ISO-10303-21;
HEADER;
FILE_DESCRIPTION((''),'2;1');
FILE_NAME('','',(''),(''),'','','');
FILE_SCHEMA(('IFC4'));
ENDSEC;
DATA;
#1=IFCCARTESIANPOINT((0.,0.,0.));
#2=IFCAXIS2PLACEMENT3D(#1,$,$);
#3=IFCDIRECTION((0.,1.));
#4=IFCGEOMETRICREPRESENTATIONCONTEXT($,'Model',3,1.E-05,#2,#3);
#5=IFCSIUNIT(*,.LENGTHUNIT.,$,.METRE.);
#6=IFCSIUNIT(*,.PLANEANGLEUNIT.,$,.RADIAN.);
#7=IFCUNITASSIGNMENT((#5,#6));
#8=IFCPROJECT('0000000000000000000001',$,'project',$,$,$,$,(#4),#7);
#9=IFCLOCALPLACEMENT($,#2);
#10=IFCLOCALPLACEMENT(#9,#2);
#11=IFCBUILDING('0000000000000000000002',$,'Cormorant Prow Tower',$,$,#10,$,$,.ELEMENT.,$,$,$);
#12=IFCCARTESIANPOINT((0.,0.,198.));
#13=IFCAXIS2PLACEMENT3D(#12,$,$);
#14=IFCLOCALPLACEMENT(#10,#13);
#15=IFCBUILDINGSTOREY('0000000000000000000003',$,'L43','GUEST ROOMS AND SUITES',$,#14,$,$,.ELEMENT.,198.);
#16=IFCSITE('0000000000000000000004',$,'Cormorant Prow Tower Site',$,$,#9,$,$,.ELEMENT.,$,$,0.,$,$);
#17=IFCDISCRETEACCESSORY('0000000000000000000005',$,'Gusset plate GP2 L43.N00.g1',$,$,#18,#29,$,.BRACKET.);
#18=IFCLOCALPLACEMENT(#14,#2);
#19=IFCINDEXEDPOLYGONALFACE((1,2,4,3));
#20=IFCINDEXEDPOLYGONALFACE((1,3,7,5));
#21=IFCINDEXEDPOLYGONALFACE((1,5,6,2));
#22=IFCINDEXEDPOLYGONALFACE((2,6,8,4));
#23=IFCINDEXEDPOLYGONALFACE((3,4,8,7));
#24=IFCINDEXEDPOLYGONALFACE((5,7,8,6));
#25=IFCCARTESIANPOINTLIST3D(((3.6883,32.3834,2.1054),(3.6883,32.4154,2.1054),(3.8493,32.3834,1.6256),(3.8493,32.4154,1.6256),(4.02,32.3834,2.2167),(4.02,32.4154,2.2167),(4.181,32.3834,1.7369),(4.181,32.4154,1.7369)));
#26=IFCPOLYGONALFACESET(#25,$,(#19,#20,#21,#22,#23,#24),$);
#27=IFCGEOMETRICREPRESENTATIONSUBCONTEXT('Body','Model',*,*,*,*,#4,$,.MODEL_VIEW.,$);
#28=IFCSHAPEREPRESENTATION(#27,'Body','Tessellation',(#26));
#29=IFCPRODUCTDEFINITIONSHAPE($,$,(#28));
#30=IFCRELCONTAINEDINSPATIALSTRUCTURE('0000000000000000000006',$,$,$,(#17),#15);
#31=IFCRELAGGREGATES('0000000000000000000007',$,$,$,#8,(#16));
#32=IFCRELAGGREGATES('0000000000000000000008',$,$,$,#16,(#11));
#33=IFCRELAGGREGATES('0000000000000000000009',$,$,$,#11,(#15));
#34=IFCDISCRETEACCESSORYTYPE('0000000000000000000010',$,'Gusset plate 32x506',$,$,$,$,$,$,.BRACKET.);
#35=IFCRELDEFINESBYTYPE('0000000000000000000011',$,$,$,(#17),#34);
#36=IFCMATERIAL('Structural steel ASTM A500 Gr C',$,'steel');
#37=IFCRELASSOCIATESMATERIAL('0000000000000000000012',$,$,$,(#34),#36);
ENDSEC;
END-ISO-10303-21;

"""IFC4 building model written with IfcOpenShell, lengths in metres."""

from ifc_helpers import new_model, si_unit, direction, frame, origin, origin_2d, place, context, subcontext, project, spatial, rectangle, extrude, material, material_profile, profile_set, type_object, element, save


model = new_model("IFC4")

# Units and contexts
model_context = context("Model", 3, precision=1e-05, world=origin(), true_north=direction((0.0, 1.0)))
body_context = subcontext(model_context, "Body", "Model", "MODEL_VIEW")
ifc_project = project(units=[si_unit("LENGTHUNIT", "METRE"), si_unit("PLANEANGLEUNIT", "RADIAN")], contexts=[model_context])

# Site, building, storey
site_placement = place(None, origin())
site = spatial("IfcSite", under=ifc_project, at=site_placement, Name="Cormorant Prow Tower Site", CompositionType="ELEMENT", RefElevation=0.0)
building_placement = place(site_placement, origin())
building = spatial("IfcBuilding", under=site, at=building_placement, Name="Cormorant Prow Tower", CompositionType="ELEMENT")
storey_placement = place(building_placement, frame((0.0, 0.0, 198.0)))
storey = spatial("IfcBuildingStorey", under=building, at=storey_placement, Name="L43", Description="GUEST ROOMS AND SUITES", CompositionType="ELEMENT", Elevation=198.0)

# Discrete accessory
ifc_material_1 = material(Name="Structural steel ASTM A500 Gr C", Category="steel")
ifc_material_profile_1 = material_profile(ifc_material_1, rectangle(XDim=0.032, YDim=0.5061, at=origin_2d()), Name="Gusset plate 32x506")
ifc_profile_set_1 = profile_set([ifc_material_profile_1], Name="Structural steel ASTM A500 Gr C")
discrete_accessory_type = type_object("IfcDiscreteAccessoryType", Name="Gusset plate 32x506", PredefinedType="BRACKET", material=ifc_profile_set_1)
for number, where, z_axis, x_axis, name in (
    (1, (3.7688, 32.3994, 1.8655), (0.948054, 0.0, 0.318111), (0.0, 1.0, 0.0), "Gusset plate GP2 L43.N00.g1"),
):
    element("IfcDiscreteAccessory", number, at=place(storey_placement, frame(where, z_axis=z_axis, x_axis=x_axis)), inside=storey, type_object=discrete_accessory_type, Name=name, PredefinedType="BRACKET", context=body_context, shape_type="SweptSolid", body=[
        extrude(rectangle(XDim=0.032, YDim=0.5061, at=origin_2d()), origin(), (0.0, 0.0, 1.0), 0.3499),
    ])

save(model, "model.ifc")
